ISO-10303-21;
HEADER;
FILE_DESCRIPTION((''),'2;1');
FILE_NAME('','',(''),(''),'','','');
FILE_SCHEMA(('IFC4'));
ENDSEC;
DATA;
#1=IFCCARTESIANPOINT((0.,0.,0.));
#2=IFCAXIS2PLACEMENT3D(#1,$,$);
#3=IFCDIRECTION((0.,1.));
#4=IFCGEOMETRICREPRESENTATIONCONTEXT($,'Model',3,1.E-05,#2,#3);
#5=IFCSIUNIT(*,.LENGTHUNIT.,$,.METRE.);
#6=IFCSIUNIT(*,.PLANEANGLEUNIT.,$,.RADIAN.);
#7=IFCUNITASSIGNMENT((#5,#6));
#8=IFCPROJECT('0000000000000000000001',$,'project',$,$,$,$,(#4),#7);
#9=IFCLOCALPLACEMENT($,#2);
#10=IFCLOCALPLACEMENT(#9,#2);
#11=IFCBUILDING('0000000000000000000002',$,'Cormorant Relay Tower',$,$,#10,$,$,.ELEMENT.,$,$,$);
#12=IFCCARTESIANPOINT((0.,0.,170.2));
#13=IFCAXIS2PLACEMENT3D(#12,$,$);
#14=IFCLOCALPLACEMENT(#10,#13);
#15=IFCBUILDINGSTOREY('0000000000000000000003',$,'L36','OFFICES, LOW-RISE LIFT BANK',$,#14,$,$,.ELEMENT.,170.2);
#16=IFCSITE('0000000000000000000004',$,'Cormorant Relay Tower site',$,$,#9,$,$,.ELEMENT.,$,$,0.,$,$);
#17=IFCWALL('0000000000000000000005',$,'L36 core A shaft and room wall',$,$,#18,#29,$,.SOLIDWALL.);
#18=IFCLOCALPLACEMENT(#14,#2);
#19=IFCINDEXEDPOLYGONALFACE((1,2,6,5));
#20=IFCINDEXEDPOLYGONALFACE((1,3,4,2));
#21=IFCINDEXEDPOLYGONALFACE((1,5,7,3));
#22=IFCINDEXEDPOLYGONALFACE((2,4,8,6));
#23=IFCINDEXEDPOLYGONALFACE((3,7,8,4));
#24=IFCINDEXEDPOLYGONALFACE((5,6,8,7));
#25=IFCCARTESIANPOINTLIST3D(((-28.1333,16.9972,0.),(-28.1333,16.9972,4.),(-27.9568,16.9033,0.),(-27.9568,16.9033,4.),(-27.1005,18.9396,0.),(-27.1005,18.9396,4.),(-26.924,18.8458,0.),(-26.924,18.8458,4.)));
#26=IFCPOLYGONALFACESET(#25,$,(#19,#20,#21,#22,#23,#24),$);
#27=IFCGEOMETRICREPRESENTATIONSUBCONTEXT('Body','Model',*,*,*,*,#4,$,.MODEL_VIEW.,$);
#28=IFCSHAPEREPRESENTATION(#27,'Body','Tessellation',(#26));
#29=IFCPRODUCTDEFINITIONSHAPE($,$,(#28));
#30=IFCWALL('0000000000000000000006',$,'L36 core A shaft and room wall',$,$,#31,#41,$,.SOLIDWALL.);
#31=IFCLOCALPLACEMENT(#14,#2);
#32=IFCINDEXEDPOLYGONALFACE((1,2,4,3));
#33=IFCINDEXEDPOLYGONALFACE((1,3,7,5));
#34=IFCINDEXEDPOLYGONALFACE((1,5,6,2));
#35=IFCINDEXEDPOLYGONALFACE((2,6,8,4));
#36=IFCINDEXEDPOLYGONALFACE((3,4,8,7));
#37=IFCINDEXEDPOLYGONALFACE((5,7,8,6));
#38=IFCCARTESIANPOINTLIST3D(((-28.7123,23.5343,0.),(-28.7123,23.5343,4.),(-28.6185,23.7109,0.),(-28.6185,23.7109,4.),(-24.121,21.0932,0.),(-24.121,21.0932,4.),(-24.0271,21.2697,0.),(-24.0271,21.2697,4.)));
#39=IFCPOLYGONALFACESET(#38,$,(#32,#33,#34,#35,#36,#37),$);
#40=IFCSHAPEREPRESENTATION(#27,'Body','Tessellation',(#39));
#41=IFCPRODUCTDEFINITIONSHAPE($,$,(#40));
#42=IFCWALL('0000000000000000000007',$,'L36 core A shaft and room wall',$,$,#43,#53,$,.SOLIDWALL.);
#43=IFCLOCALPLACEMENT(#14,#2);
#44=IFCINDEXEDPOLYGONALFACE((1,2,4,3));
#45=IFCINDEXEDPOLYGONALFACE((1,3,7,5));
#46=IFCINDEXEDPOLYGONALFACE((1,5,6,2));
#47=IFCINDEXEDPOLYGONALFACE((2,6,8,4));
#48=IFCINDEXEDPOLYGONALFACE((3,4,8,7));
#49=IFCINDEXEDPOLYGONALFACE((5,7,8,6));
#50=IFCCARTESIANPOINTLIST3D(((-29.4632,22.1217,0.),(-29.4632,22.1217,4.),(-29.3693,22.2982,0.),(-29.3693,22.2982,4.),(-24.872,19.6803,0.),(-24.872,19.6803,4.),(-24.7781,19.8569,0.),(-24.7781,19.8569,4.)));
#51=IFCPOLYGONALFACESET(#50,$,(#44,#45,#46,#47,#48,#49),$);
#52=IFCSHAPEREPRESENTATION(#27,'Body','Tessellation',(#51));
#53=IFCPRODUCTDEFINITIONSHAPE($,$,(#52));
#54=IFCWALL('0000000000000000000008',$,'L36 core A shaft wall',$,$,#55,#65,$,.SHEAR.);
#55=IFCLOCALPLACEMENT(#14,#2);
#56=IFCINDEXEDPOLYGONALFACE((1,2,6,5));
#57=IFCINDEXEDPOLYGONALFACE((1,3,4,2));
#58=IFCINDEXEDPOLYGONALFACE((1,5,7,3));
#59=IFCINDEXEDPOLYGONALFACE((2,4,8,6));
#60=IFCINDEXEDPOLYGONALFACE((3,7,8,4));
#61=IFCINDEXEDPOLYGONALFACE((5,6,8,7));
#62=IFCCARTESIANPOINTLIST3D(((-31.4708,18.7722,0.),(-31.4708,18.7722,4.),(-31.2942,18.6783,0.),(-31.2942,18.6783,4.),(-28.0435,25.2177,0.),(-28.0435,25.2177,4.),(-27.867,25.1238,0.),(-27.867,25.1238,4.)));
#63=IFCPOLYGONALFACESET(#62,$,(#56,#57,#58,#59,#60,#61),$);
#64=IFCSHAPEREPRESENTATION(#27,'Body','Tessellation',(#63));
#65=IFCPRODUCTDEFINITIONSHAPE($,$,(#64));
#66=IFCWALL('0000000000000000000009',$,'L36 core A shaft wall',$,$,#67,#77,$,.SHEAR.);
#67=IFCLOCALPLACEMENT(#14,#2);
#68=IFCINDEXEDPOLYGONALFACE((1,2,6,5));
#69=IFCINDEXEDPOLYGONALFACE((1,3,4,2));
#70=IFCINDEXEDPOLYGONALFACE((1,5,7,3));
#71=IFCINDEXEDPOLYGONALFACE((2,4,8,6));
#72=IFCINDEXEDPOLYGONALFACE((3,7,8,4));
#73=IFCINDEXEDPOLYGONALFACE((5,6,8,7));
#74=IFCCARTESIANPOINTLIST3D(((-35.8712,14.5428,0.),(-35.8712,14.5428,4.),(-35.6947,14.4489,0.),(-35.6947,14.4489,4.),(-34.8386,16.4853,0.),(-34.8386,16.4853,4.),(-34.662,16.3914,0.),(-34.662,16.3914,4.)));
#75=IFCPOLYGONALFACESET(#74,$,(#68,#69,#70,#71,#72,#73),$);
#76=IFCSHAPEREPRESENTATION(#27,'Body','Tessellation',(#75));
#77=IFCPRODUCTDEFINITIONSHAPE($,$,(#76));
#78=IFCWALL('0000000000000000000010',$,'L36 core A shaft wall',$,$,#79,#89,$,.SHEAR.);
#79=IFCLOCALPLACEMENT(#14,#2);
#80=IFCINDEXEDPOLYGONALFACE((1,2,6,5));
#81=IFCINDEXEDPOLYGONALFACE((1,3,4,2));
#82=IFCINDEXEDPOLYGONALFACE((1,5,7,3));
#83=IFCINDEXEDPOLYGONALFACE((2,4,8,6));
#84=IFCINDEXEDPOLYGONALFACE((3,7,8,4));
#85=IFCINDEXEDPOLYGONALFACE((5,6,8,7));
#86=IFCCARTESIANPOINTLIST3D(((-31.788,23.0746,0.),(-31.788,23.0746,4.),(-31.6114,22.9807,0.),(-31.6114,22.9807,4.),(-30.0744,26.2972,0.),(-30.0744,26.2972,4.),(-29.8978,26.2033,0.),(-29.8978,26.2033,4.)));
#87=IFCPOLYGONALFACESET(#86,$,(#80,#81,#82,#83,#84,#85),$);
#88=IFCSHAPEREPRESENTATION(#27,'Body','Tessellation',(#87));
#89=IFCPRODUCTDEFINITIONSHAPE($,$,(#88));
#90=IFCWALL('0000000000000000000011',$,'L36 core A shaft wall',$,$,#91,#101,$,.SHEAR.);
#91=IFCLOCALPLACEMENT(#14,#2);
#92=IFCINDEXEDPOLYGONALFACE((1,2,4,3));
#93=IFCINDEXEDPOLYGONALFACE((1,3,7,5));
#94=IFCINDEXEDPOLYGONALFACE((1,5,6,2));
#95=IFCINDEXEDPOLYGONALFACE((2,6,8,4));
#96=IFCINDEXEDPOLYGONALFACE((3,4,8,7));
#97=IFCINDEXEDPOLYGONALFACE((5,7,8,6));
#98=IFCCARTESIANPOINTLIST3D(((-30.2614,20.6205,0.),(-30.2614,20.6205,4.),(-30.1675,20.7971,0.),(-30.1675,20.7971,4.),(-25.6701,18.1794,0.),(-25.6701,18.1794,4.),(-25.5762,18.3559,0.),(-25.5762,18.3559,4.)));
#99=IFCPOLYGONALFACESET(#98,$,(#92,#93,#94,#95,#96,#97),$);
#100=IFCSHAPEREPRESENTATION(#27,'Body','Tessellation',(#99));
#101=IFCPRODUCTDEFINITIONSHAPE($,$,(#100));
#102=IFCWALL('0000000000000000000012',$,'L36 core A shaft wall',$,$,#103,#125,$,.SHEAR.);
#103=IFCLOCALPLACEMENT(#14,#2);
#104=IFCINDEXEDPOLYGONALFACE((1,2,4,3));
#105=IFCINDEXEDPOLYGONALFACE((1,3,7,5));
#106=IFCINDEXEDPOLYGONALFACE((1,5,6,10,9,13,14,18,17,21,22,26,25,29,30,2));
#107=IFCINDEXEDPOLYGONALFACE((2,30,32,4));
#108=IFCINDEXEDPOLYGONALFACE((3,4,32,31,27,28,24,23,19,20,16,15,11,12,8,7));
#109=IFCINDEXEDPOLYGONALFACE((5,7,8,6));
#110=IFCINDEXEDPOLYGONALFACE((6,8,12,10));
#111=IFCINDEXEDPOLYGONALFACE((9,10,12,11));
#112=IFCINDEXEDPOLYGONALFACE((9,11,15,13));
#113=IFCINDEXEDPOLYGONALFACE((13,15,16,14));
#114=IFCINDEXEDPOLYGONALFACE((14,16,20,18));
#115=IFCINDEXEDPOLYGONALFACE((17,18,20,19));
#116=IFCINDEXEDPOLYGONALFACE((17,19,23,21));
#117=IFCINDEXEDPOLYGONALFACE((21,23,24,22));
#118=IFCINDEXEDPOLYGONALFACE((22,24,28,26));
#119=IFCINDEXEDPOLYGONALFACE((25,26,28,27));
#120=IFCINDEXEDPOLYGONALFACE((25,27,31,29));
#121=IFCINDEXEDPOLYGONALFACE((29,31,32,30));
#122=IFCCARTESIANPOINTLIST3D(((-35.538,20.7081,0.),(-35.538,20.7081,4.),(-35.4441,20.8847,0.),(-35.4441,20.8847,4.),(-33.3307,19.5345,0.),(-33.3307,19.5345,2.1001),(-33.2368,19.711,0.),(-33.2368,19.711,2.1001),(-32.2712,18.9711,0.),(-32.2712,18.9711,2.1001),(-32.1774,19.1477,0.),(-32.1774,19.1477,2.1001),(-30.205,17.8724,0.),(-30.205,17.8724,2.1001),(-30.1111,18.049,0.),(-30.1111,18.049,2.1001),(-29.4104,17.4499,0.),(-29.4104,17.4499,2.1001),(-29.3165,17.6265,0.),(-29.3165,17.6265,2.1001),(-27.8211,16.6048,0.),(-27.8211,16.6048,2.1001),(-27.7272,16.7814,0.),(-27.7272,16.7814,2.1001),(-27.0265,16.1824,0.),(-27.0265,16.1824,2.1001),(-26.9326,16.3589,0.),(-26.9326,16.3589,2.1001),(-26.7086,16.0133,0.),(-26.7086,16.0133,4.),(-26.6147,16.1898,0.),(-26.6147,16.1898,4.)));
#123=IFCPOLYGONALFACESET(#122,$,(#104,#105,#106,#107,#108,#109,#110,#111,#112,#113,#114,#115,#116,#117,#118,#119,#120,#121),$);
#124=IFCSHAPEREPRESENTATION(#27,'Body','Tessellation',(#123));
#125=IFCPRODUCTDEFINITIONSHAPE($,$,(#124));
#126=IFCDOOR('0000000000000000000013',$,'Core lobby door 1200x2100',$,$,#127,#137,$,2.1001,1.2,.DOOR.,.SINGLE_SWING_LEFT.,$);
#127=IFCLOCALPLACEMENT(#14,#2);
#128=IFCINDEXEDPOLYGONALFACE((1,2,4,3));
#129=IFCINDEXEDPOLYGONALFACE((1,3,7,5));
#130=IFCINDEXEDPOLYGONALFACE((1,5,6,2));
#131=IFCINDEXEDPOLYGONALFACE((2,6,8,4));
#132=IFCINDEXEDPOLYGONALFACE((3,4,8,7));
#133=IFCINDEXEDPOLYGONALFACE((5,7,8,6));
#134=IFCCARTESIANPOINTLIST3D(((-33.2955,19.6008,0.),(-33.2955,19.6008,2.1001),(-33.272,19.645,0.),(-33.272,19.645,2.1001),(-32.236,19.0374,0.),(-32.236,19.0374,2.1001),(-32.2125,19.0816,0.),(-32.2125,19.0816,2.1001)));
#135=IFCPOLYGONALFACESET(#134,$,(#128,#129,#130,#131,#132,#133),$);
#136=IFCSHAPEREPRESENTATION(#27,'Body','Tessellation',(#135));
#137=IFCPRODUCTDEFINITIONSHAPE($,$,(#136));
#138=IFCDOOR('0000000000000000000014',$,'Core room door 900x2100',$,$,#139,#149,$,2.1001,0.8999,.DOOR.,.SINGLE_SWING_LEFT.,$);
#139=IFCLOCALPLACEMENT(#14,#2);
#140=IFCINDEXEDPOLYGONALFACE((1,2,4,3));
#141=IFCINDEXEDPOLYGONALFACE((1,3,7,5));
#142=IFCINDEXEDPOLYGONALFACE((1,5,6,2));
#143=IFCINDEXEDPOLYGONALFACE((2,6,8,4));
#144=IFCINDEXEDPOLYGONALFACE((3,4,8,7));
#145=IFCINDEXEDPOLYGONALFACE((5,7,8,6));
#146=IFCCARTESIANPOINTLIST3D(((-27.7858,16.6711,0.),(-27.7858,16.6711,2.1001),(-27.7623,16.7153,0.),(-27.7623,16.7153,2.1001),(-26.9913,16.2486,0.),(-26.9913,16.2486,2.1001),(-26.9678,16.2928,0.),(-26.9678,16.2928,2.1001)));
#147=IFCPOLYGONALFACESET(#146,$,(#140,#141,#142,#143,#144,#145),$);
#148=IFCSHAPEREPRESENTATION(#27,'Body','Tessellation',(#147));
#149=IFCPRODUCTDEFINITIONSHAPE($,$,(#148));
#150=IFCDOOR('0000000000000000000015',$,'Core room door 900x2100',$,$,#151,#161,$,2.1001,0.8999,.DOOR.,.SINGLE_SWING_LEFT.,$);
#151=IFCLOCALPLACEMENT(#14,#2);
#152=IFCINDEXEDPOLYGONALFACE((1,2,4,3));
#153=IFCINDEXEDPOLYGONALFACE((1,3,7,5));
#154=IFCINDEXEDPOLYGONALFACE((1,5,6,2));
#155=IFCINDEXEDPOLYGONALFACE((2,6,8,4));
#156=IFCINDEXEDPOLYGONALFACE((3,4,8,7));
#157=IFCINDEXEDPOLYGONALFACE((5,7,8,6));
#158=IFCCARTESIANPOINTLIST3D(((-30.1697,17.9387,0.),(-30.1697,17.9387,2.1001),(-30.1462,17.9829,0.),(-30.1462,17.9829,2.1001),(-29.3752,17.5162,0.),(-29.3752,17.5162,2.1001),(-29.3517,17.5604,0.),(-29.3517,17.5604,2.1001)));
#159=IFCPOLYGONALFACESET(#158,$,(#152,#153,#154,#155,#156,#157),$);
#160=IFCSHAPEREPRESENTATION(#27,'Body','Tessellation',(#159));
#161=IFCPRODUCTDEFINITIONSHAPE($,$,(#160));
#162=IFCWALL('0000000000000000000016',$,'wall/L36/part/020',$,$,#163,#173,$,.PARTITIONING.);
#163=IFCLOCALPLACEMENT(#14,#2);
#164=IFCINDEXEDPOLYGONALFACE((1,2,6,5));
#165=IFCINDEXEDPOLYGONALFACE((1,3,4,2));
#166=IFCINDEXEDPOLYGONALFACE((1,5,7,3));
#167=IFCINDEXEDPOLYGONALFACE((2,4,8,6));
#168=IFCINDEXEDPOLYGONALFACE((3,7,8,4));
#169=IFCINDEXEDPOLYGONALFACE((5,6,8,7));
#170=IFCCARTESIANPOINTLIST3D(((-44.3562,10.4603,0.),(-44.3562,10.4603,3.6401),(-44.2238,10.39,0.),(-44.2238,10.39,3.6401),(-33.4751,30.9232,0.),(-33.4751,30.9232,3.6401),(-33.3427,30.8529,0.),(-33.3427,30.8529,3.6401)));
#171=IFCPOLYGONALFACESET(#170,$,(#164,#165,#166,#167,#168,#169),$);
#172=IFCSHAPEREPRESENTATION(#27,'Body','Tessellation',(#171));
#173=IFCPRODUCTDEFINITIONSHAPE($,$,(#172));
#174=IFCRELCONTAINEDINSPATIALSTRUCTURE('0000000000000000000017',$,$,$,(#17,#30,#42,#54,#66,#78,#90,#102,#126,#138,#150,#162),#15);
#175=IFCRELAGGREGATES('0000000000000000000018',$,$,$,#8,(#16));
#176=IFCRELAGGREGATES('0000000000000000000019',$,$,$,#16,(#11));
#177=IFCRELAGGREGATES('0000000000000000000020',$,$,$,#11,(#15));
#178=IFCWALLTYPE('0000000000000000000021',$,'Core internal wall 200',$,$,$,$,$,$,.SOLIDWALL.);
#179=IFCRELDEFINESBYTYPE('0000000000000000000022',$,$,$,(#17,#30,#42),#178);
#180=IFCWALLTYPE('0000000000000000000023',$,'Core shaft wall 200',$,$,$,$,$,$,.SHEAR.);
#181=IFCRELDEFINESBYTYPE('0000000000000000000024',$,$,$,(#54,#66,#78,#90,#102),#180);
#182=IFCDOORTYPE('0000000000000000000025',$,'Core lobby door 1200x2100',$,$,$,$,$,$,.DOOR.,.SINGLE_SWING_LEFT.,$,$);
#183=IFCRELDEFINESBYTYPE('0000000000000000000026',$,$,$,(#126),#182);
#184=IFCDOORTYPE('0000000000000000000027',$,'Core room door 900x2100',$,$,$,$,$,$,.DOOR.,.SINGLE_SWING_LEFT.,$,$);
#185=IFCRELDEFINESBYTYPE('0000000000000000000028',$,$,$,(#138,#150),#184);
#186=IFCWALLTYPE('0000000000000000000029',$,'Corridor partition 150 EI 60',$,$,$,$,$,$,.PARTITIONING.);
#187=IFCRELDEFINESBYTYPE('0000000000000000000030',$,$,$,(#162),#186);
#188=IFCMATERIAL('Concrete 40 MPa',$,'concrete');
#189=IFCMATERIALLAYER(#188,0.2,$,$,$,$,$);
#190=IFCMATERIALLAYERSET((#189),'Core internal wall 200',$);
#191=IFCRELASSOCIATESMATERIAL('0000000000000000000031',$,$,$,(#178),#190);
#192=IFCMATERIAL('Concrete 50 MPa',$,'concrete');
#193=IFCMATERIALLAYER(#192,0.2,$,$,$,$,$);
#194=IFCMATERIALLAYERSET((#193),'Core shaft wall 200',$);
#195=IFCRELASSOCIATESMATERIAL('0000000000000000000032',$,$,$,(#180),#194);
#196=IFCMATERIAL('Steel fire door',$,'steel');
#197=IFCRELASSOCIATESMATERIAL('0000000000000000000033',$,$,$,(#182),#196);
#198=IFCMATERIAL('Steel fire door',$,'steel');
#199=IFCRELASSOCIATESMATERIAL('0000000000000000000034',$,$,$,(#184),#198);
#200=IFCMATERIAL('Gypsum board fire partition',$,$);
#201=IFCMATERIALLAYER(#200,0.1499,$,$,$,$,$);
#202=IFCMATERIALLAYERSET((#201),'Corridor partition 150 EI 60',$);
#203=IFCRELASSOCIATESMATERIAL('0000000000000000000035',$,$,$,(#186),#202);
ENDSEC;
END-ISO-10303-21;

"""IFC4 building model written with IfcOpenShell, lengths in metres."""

from ifc_helpers import new_model, si_unit, direction, frame, frame_2d, origin, place, context, subcontext, project, spatial, rectangle, extrude, material, layer, layer_set, type_object, element, fill, save


model = new_model("IFC4")

# Units and contexts
model_context = context("Model", 3, precision=1e-05, world=origin(), true_north=direction((0.0, 1.0)))
body_context = subcontext(model_context, "Body", "Model", "MODEL_VIEW")
ifc_project = project(units=[si_unit("LENGTHUNIT", "METRE"), si_unit("PLANEANGLEUNIT", "RADIAN")], contexts=[model_context])

# Site, building, storey
site_placement = place(None, origin())
site = spatial("IfcSite", under=ifc_project, at=site_placement, Name="Cormorant Relay Tower site", CompositionType="ELEMENT", RefElevation=0.0)
building_placement = place(site_placement, origin())
building = spatial("IfcBuilding", under=site, at=building_placement, Name="Cormorant Relay Tower", CompositionType="ELEMENT")
storey_placement = place(building_placement, frame((0.0, 0.0, 170.2)))
storey = spatial("IfcBuildingStorey", under=building, at=storey_placement, Name="L36", Description="OFFICES, LOW-RISE LIFT BANK", CompositionType="ELEMENT", Elevation=170.2)

# Walls
ifc_material_1 = material(Name="Concrete 40 MPa", Category="concrete")
ifc_layer_1 = layer(ifc_material_1, 0.2)
ifc_layer_set_1 = layer_set([ifc_layer_1], Name="Core internal wall 200")
wall_type_1 = type_object("IfcWallType", Name="Core internal wall 200", PredefinedType="SOLIDWALL", material=ifc_layer_set_1)
wall_1_placement = place(storey_placement, frame((-27.0122, 18.8928, 0.0), z_axis=(0.0, 0.0, 1.0), x_axis=(-0.469447, -0.88296, 0.0)))
element("IfcWall", 1, at=wall_1_placement, inside=storey, type_object=wall_type_1, Name="L36 core A shaft and room wall", PredefinedType="SOLIDWALL", context=body_context, shape_type="SweptSolid", body=[
    extrude(rectangle(XDim=2.2, YDim=0.2, at=frame_2d((1.1001, 0.0))), origin(), (0.0, 0.0, 1.0), 4.0),
])
for number, where, z_axis, x_axis, name in (
    (2, (-24.074, 21.1814, 0.0), (0.0, 0.0, 1.0), (-0.882954, 0.46946, 0.0), "L36 core A shaft and room wall"),
    (3, (-24.825, 19.7686, 0.0), (0.0, 0.0, 1.0), (-0.882935, 0.469496, 0.0), "L36 core A shaft and room wall"),
):
    element("IfcWall", number, at=place(storey_placement, frame(where, z_axis=z_axis, x_axis=x_axis)), inside=storey, type_object=wall_type_1, Name=name, PredefinedType="SOLIDWALL", context=body_context, shape_type="SweptSolid", body=[
        extrude(rectangle(XDim=5.2, YDim=0.2, at=frame_2d((2.6001, 0.0))), origin(), (0.0, 0.0, 1.0), 4.0),
    ])
ifc_material_2 = material(Name="Concrete 50 MPa", Category="concrete")
ifc_layer_2 = layer(ifc_material_2, 0.2)
ifc_layer_set_2 = layer_set([ifc_layer_2], Name="Core shaft wall 200")
wall_type_2 = type_object("IfcWallType", Name="Core shaft wall 200", PredefinedType="SHEAR", material=ifc_layer_set_2)
wall_2_placement = place(storey_placement, frame((-27.9553, 25.1707, 0.0), z_axis=(0.0, 0.0, 1.0), x_axis=(-0.46948, -0.882943, 0.0)))
element("IfcWall", 4, at=wall_2_placement, inside=storey, type_object=wall_type_2, Name="L36 core A shaft wall", PredefinedType="SHEAR", context=body_context, shape_type="SweptSolid", body=[
    extrude(rectangle(XDim=7.3, YDim=0.2, at=frame_2d((3.6499, 0.0))), origin(), (0.0, 0.0, 1.0), 4.0),
])
wall_3_placement = place(storey_placement, frame((-34.7502, 16.4385, 0.0), z_axis=(0.0, 0.0, 1.0), x_axis=(-0.469401, -0.882985, 0.0)))
element("IfcWall", 5, at=wall_3_placement, inside=storey, type_object=wall_type_2, Name="L36 core A shaft wall", PredefinedType="SHEAR", context=body_context, shape_type="SweptSolid", body=[
    extrude(rectangle(XDim=2.2, YDim=0.2, at=frame_2d((1.1001, 0.0))), origin(), (0.0, 0.0, 1.0), 4.0),
])
wall_4_placement = place(storey_placement, frame((-29.9861, 26.2502, 0.0), z_axis=(0.0, 0.0, 1.0), x_axis=(-0.469494, -0.882936, 0.0)))
element("IfcWall", 6, at=wall_4_placement, inside=storey, type_object=wall_type_2, Name="L36 core A shaft wall", PredefinedType="SHEAR", context=body_context, shape_type="SweptSolid", body=[
    extrude(rectangle(XDim=3.6499, YDim=0.2, at=frame_2d((1.825, 0.0))), origin(), (0.0, 0.0, 1.0), 4.0),
])

# Wall
wall_5_placement = place(storey_placement, frame((-25.623, 18.2676, 0.0), z_axis=(0.0, 0.0, 1.0), x_axis=(-0.882954, 0.46946, 0.0)))
element("IfcWall", 7, at=wall_5_placement, inside=storey, type_object=wall_type_2, Name="L36 core A shaft wall", PredefinedType="SHEAR", context=body_context, shape_type="SweptSolid", body=[
    extrude(rectangle(XDim=5.2, YDim=0.2, at=frame_2d((2.6001, 0.0))), origin(), (0.0, 0.0, 1.0), 4.0),
])

# Wall, openings, doors
wall_6_placement = place(storey_placement, frame((-26.6616, 16.1016, 0.0), z_axis=(0.0, 0.0, 1.0), x_axis=(-0.88294, 0.469485, 0.0)))
wall_6 = element("IfcWall", 8, at=wall_6_placement, inside=storey, type_object=wall_type_2, Name="L36 core A shaft wall", PredefinedType="SHEAR", context=body_context, shape_type="SweptSolid", body=[
    extrude(rectangle(XDim=10.0, YDim=0.2, at=frame_2d((5.0, 0.0))), origin(), (0.0, 0.0, 1.0), 4.0),
])
opening_1_placement = place(wall_6_placement, frame((6.3, 0.0, 0.0)))
opening_1 = element("IfcOpeningElement", 9, at=opening_1_placement, cuts=wall_6, PredefinedType="OPENING", context=body_context, shape_type="SweptSolid", body=[
    extrude(rectangle(XDim=1.2, YDim=2.1001, at=frame_2d((0.6001, 1.05))), frame((0.0, 0.1099, 0.0), z_axis=(0.0, -1.0, 0.0), x_axis=(1.0, 0.0, 0.0)), (0.0, 0.0, 1.0), 0.22),
])
opening_2_placement = place(wall_6_placement, frame((0.3601, 0.0, 0.0)))
opening_2 = element("IfcOpeningElement", 10, at=opening_2_placement, cuts=wall_6, PredefinedType="OPENING", context=body_context, shape_type="SweptSolid", body=[
    extrude(rectangle(XDim=0.8999, YDim=2.1001, at=frame_2d((0.45, 1.05))), frame((0.0, 0.1099, 0.0), z_axis=(0.0, -1.0, 0.0), x_axis=(1.0, 0.0, 0.0)), (0.0, 0.0, 1.0), 0.22),
])
opening_3_placement = place(wall_6_placement, frame((3.0601, 0.0, 0.0)))
opening_3 = element("IfcOpeningElement", 11, at=opening_3_placement, cuts=wall_6, PredefinedType="OPENING", context=body_context, shape_type="SweptSolid", body=[
    extrude(rectangle(XDim=0.8999, YDim=2.1001, at=frame_2d((0.45, 1.05))), frame((0.0, 0.1099, 0.0), z_axis=(0.0, -1.0, 0.0), x_axis=(1.0, 0.0, 0.0)), (0.0, 0.0, 1.0), 0.22),
])
ifc_material_3 = material(Name="Steel fire door", Category="steel")
door_type_1 = type_object("IfcDoorType", Name="Core lobby door 1200x2100", OperationType="SINGLE_SWING_LEFT", PredefinedType="DOOR", material=ifc_material_3)
door_1_placement = place(opening_1_placement, origin())
door_1 = element("IfcDoor", 12, at=door_1_placement, inside=storey, type_object=door_type_1, Name="Core lobby door 1200x2100", OperationType="SINGLE_SWING_LEFT", OverallHeight=2.1001, OverallWidth=1.2, PredefinedType="DOOR", context=body_context, shape_type="SweptSolid", body=[
    extrude(rectangle(XDim=1.2, YDim=2.1001, at=frame_2d((0.6001, 1.05))), frame((0.0, 0.0249, 0.0), z_axis=(0.0, -1.0, 0.0), x_axis=(1.0, 0.0, 0.0)), (0.0, 0.0, 1.0), 0.05),
])
fill(opening_1, door_1)
ifc_material_4 = material(Name="Steel fire door", Category="steel")
door_type_2 = type_object("IfcDoorType", Name="Core room door 900x2100", OperationType="SINGLE_SWING_LEFT", PredefinedType="DOOR", material=ifc_material_4)
door_2_placement = place(opening_2_placement, origin())
door_2 = element("IfcDoor", 13, at=door_2_placement, inside=storey, type_object=door_type_2, Name="Core room door 900x2100", OperationType="SINGLE_SWING_LEFT", OverallHeight=2.1001, OverallWidth=0.8999, PredefinedType="DOOR", context=body_context, shape_type="SweptSolid", body=[
    extrude(rectangle(XDim=0.8999, YDim=2.1001, at=frame_2d((0.45, 1.05))), frame((0.0, 0.0249, 0.0), z_axis=(0.0, -1.0, 0.0), x_axis=(1.0, 0.0, 0.0)), (0.0, 0.0, 1.0), 0.05),
])
fill(opening_2, door_2)
door_3_placement = place(opening_3_placement, origin())
door_3 = element("IfcDoor", 14, at=door_3_placement, inside=storey, type_object=door_type_2, Name="Core room door 900x2100", OperationType="SINGLE_SWING_LEFT", OverallHeight=2.1001, OverallWidth=0.8999, PredefinedType="DOOR", context=body_context, shape_type="SweptSolid", body=[
    extrude(rectangle(XDim=0.8999, YDim=2.1001, at=frame_2d((0.45, 1.05))), frame((0.0, 0.0249, 0.0), z_axis=(0.0, -1.0, 0.0), x_axis=(1.0, 0.0, 0.0)), (0.0, 0.0, 1.0), 0.05),
])
fill(opening_3, door_3)

# Wall
ifc_material_5 = material(Name="Gypsum board fire partition")
ifc_layer_3 = layer(ifc_material_5, 0.1499)
ifc_layer_set_3 = layer_set([ifc_layer_3], Name="Corridor partition 150 EI 60")
wall_type_3 = type_object("IfcWallType", Name="Corridor partition 150 EI 60", PredefinedType="PARTITIONING", material=ifc_layer_set_3)
wall_7_placement = place(storey_placement, frame((-33.4089, 30.8879, 0.0), z_axis=(0.0, 0.0, 1.0), x_axis=(-0.469498, -0.882933, 0.0)))
element("IfcWall", 15, at=wall_7_placement, inside=storey, type_object=wall_type_3, Name="wall/L36/part/020", PredefinedType="PARTITIONING", context=body_context, shape_type="SweptSolid", body=[
    extrude(rectangle(XDim=23.176, YDim=0.1499, at=frame_2d((11.5879, 0.0))), origin(), (0.0, 0.0, 1.0), 3.6401),
])

save(model, "model.ifc")
